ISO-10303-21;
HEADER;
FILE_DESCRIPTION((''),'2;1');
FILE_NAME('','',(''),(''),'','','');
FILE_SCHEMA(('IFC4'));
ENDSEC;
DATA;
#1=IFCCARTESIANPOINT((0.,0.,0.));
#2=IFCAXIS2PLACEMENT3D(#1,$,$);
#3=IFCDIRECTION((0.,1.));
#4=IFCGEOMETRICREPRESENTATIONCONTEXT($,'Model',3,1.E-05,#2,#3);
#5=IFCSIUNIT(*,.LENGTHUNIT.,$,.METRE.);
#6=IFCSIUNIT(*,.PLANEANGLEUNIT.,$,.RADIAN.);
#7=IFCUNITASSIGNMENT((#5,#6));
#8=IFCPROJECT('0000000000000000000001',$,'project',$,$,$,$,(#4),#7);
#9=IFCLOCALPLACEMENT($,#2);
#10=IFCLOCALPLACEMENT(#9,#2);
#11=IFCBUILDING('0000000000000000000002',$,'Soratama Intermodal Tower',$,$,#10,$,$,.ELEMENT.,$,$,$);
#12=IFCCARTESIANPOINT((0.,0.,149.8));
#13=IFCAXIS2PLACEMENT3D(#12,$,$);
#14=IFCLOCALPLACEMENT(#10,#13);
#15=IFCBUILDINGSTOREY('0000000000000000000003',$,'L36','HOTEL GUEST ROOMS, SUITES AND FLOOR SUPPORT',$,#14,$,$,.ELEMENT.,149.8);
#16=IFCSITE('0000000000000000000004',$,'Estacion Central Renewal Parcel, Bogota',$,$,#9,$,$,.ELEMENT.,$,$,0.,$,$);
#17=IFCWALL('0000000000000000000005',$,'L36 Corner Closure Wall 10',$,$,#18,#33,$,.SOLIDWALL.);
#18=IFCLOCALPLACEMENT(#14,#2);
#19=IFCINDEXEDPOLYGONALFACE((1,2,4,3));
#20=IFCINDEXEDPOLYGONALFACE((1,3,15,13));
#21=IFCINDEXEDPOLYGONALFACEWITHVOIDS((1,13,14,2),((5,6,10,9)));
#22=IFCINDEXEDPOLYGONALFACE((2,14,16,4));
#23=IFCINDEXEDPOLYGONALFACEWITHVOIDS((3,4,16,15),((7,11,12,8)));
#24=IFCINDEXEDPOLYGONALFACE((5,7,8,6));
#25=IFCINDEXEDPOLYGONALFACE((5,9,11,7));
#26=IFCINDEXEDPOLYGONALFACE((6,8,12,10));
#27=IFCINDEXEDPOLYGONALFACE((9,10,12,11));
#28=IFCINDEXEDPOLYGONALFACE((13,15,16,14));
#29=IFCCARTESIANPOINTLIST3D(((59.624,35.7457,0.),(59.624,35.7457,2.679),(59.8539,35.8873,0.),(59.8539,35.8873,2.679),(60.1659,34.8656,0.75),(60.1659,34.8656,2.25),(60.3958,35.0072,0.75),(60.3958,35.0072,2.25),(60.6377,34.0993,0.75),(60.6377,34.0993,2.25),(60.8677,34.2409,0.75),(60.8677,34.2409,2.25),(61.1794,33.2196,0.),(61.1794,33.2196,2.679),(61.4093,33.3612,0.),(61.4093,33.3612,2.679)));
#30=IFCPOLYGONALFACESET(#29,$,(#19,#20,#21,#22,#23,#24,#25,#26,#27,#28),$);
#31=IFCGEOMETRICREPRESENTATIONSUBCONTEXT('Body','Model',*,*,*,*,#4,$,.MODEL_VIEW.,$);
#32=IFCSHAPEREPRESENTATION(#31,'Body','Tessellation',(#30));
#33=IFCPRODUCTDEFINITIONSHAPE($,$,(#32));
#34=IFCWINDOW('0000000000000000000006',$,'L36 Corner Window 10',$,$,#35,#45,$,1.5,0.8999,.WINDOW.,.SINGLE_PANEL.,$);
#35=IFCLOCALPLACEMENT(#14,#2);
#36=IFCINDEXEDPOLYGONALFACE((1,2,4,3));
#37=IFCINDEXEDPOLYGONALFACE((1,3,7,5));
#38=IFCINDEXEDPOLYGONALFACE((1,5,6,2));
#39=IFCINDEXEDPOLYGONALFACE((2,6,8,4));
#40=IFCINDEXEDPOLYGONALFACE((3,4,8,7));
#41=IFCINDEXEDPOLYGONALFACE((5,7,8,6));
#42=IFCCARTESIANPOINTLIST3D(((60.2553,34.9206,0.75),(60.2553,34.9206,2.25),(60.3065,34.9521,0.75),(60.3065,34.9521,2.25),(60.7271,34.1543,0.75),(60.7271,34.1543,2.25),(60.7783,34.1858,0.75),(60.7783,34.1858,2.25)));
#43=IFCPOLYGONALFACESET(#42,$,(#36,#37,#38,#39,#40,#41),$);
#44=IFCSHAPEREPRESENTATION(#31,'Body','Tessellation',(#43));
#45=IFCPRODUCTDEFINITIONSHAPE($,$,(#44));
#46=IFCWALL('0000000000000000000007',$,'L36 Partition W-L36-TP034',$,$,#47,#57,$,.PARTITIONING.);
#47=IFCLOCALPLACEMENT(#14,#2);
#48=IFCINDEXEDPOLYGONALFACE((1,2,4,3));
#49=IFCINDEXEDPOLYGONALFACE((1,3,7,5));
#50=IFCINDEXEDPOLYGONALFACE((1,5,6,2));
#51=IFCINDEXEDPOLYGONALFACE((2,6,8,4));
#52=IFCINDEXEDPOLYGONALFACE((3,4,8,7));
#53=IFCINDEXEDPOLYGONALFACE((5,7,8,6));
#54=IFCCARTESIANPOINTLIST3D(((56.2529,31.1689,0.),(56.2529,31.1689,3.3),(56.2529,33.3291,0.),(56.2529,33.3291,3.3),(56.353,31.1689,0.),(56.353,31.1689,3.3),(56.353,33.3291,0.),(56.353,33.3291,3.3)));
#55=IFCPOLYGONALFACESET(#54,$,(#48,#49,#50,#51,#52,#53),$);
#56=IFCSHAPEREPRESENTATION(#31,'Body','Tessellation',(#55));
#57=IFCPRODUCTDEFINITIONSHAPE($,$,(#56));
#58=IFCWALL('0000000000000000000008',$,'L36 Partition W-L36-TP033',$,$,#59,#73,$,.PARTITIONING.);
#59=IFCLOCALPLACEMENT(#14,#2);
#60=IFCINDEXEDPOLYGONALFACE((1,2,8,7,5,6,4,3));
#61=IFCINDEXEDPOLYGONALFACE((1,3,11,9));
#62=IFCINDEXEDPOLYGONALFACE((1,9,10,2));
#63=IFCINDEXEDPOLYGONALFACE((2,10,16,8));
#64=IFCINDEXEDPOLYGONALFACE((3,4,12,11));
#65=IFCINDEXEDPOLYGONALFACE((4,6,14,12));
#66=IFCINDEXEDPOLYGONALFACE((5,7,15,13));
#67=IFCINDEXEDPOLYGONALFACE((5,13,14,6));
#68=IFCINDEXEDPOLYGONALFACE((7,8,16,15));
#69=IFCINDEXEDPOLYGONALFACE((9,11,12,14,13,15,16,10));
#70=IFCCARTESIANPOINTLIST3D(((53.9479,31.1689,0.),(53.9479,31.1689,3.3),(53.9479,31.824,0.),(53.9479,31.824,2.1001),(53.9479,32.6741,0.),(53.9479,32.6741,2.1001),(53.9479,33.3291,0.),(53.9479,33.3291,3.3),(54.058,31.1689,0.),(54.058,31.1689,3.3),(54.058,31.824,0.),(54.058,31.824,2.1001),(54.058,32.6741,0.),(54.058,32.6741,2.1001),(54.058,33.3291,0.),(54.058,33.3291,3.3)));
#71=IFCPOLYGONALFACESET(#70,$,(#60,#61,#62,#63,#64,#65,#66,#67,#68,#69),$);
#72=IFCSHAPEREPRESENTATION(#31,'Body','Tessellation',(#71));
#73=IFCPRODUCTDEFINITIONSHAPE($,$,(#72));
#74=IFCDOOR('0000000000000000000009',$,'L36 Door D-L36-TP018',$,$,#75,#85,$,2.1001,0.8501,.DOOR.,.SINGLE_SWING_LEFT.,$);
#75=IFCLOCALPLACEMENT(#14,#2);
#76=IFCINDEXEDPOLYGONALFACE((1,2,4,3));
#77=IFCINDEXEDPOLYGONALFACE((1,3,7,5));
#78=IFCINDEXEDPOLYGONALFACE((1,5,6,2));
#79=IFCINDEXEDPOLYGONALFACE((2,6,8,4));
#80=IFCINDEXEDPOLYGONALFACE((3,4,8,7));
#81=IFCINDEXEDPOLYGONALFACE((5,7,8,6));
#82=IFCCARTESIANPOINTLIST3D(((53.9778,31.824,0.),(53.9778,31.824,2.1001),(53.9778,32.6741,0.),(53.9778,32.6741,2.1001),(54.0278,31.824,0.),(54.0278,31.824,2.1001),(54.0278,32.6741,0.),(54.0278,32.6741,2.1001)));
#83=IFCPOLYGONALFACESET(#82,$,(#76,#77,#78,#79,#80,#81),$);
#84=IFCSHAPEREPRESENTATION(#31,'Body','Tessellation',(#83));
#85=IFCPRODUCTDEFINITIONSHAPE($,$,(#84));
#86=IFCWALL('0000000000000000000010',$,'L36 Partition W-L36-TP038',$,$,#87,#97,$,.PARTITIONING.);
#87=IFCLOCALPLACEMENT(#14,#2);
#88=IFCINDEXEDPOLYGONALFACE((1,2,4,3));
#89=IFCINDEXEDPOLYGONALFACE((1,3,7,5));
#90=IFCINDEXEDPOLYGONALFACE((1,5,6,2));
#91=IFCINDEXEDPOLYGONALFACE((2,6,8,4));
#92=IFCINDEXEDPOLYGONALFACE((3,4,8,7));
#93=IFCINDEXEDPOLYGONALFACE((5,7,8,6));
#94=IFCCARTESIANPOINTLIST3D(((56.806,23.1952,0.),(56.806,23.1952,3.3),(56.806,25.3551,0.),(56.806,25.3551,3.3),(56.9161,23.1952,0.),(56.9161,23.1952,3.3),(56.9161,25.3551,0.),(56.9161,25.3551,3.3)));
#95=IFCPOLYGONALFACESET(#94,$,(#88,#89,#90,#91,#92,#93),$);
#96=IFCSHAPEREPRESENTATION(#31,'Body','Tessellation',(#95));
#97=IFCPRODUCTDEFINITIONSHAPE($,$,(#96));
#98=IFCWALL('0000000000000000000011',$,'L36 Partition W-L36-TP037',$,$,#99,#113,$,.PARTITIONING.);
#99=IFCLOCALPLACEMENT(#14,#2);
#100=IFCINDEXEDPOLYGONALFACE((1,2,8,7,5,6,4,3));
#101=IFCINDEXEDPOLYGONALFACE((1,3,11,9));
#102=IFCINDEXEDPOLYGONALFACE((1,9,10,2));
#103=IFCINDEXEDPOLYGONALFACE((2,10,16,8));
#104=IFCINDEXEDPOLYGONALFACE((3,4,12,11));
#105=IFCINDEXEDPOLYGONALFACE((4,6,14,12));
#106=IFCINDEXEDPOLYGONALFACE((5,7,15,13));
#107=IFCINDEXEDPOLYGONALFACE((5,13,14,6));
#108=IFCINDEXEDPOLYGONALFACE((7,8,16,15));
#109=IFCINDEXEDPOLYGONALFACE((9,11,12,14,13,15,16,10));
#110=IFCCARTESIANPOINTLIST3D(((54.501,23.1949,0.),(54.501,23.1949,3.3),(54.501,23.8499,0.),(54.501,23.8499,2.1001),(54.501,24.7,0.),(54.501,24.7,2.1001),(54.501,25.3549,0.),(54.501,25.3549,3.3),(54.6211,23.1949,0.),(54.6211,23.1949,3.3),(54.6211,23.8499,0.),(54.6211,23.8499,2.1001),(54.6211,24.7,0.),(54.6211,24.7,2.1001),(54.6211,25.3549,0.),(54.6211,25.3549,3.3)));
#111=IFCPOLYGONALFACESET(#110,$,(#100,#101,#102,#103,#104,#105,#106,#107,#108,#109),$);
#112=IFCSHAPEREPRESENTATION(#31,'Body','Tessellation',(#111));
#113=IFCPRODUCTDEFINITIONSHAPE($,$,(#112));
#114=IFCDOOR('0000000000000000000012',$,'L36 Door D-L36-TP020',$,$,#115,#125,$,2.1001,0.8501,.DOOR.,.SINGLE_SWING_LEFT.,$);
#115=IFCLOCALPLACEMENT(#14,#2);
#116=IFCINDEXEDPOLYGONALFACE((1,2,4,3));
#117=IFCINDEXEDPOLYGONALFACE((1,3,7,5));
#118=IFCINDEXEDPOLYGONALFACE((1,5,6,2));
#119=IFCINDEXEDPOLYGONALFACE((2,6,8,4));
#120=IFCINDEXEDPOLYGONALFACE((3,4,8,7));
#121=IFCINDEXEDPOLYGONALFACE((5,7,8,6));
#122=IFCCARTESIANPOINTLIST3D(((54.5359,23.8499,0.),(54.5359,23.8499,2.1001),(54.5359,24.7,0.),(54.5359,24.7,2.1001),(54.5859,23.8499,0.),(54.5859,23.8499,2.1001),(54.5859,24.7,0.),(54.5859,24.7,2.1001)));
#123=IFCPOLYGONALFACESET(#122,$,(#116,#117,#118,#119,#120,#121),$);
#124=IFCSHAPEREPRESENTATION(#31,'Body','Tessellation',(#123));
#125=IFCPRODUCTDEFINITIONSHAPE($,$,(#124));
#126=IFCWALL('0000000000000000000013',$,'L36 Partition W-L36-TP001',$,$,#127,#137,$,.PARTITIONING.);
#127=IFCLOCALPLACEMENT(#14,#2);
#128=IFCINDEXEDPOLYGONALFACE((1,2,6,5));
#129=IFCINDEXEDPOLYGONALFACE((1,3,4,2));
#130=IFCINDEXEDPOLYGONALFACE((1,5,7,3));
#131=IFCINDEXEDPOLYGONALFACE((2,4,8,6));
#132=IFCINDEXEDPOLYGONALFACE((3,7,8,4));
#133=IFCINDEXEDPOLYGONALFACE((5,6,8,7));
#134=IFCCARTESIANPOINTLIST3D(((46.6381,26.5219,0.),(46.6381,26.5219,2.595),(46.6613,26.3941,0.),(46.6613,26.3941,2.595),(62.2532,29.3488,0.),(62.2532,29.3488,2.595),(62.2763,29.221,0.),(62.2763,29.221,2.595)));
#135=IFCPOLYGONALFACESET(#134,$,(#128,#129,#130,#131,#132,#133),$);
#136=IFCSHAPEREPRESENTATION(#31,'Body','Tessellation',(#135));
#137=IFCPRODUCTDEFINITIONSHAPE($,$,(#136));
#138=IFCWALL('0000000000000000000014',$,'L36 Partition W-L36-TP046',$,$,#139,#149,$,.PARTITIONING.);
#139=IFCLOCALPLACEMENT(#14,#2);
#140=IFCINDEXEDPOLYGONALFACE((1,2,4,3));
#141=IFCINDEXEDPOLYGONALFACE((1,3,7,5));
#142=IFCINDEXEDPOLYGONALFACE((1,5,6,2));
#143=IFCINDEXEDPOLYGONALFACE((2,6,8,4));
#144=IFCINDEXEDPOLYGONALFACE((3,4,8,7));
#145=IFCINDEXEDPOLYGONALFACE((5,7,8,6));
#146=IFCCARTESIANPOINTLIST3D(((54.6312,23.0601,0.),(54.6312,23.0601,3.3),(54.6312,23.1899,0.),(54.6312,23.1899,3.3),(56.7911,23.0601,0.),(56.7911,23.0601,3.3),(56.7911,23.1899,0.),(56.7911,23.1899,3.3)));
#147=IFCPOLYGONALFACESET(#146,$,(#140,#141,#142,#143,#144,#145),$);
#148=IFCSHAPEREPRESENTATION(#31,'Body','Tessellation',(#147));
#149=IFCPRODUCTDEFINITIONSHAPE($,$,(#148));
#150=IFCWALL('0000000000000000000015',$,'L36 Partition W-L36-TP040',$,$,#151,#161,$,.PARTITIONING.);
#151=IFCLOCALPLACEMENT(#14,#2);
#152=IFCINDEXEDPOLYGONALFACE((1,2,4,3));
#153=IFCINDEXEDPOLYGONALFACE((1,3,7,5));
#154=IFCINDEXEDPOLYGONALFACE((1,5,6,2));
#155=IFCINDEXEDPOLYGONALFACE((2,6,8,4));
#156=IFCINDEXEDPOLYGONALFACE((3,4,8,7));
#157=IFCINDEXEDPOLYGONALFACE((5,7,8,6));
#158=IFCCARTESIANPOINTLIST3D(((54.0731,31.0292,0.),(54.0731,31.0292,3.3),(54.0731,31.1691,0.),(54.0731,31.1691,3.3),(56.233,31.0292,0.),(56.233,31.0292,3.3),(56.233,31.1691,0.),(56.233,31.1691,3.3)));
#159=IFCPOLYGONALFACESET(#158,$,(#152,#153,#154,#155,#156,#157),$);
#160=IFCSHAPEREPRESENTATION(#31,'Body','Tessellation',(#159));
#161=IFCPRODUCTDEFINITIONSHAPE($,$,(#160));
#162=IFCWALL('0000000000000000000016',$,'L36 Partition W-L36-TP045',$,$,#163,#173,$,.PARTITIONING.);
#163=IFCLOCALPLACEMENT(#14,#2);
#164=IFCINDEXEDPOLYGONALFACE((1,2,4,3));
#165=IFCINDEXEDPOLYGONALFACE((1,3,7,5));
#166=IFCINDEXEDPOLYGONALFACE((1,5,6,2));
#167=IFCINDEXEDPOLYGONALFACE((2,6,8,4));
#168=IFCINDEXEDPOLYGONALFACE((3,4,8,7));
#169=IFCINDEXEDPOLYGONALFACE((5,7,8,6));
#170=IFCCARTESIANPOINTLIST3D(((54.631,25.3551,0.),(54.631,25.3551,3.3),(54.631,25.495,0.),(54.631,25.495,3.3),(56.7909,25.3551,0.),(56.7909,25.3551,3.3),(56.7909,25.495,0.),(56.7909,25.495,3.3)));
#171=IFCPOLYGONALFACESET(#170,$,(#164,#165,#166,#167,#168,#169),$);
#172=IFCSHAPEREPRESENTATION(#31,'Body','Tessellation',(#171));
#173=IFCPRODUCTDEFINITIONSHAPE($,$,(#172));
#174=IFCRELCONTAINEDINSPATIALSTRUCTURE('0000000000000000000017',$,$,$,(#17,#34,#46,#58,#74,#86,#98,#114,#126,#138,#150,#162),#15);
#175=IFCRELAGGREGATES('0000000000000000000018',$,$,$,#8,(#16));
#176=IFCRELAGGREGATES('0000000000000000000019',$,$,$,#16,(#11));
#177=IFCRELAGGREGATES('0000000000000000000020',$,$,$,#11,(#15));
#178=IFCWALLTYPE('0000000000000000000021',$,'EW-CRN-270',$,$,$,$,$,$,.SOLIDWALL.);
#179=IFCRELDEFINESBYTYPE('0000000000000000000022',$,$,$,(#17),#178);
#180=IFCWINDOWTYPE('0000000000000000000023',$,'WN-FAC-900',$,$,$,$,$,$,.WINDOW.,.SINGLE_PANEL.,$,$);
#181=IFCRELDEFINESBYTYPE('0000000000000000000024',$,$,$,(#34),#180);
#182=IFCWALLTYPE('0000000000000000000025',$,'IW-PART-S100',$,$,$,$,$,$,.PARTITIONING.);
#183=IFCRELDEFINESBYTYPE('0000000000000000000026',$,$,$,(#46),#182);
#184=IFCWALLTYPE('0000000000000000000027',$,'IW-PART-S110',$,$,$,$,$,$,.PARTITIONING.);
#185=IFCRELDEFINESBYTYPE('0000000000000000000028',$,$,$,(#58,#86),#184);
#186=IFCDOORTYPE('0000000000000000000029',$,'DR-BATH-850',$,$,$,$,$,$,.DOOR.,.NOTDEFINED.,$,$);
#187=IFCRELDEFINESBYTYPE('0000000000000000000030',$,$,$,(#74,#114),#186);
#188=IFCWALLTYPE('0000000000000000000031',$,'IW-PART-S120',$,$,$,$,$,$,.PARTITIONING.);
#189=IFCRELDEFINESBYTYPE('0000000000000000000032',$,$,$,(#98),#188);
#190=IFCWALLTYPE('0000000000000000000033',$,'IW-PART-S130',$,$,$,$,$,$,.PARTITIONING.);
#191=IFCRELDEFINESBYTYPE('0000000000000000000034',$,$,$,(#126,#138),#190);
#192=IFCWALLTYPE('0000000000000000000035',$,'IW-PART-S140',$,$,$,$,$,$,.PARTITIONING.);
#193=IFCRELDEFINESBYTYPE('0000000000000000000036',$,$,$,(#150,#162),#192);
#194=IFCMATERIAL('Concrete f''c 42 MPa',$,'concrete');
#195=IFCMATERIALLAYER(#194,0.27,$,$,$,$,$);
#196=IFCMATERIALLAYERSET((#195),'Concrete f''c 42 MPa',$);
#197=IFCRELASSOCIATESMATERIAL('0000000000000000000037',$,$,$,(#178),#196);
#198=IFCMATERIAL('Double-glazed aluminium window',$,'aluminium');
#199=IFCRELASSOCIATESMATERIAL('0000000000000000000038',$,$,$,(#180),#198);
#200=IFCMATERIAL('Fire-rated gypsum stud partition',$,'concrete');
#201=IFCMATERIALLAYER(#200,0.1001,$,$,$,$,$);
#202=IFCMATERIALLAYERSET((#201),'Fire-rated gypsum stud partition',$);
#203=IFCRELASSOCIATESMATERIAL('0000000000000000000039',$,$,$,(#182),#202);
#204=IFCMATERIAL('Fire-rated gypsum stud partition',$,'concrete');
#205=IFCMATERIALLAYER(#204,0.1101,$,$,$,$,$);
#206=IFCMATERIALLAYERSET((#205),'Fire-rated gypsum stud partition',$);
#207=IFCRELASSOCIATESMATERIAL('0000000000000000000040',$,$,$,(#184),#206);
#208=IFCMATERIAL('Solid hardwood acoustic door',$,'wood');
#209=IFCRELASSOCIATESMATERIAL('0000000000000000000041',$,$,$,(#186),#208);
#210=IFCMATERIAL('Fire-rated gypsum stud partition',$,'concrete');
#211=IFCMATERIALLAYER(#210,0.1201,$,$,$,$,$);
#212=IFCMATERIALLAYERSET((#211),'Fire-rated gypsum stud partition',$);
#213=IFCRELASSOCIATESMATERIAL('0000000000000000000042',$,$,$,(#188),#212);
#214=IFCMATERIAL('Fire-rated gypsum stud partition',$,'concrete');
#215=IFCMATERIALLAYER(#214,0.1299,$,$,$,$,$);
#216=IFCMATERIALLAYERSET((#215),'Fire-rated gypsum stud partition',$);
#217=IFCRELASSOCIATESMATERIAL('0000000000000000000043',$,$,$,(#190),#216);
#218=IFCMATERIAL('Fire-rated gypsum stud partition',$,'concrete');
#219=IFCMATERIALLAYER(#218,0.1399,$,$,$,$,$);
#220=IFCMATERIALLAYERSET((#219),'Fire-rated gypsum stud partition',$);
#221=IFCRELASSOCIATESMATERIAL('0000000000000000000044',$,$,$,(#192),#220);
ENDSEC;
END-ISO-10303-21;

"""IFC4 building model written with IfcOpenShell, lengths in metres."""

from ifc_helpers import new_model, si_unit, direction, frame, frame_2d, origin, place, context, subcontext, project, spatial, rectangle, extrude, material, layer, layer_set, type_object, element, fill, save


model = new_model("IFC4")

# Units and contexts
model_context = context("Model", 3, precision=1e-05, world=origin(), true_north=direction((0.0, 1.0)))
body_context = subcontext(model_context, "Body", "Model", "MODEL_VIEW")
ifc_project = project(units=[si_unit("LENGTHUNIT", "METRE"), si_unit("PLANEANGLEUNIT", "RADIAN")], contexts=[model_context])

# Site, building, storey
site_placement = place(None, origin())
site = spatial("IfcSite", under=ifc_project, at=site_placement, Name="Estacion Central Renewal Parcel, Bogota", CompositionType="ELEMENT", RefElevation=0.0)
building_placement = place(site_placement, origin())
building = spatial("IfcBuilding", under=site, at=building_placement, Name="Soratama Intermodal Tower", CompositionType="ELEMENT")
storey_placement = place(building_placement, frame((0.0, 0.0, 149.8)))
storey = spatial("IfcBuildingStorey", under=building, at=storey_placement, Name="L36", Description="HOTEL GUEST ROOMS, SUITES AND FLOOR SUPPORT", CompositionType="ELEMENT", Elevation=149.8)

# Wall, opening, window
ifc_material_1 = material(Name="Concrete f'c 42 MPa", Category="concrete")
ifc_layer_1 = layer(ifc_material_1, 0.27)
ifc_layer_set_1 = layer_set([ifc_layer_1], Name="Concrete f'c 42 MPa")
wall_type_1 = type_object("IfcWallType", Name="EW-CRN-270", PredefinedType="SOLIDWALL", material=ifc_layer_set_1)
wall_1_placement = place(storey_placement, frame((61.2944, 33.2903, 0.0), z_axis=(0.0, 0.0, 1.0), x_axis=(-0.524313, 0.851525, 0.0)))
wall_1 = element("IfcWall", 1, at=wall_1_placement, inside=storey, type_object=wall_type_1, Name="L36 Corner Closure Wall 10", PredefinedType="SOLIDWALL", context=body_context, shape_type="SweptSolid", body=[
    extrude(rectangle(XDim=2.9666, YDim=0.27, at=frame_2d((1.4834, 0.0))), origin(), (0.0, 0.0, 1.0), 2.679),
])
opening_1_placement = place(wall_1_placement, frame((1.0332, 0.0, 0.75)))
opening_1 = element("IfcOpeningElement", 2, at=opening_1_placement, cuts=wall_1, PredefinedType="OPENING", context=body_context, shape_type="SweptSolid", body=[
    extrude(rectangle(XDim=0.8999, YDim=1.5, at=frame_2d((0.45, 0.75))), frame((0.0, 0.145, 0.0), z_axis=(0.0, -1.0, 0.0), x_axis=(1.0, 0.0, 0.0)), (0.0, 0.0, 1.0), 0.29),
])
ifc_material_2 = material(Name="Double-glazed aluminium window", Category="aluminium")
window_type_1 = type_object("IfcWindowType", Name="WN-FAC-900", PartitioningType="SINGLE_PANEL", PredefinedType="WINDOW", material=ifc_material_2)
window_1_placement = place(opening_1_placement, origin())
window_1 = element("IfcWindow", 3, at=window_1_placement, inside=storey, type_object=window_type_1, Name="L36 Corner Window 10", OverallHeight=1.5, OverallWidth=0.8999, PartitioningType="SINGLE_PANEL", PredefinedType="WINDOW", context=body_context, shape_type="SweptSolid", body=[
    extrude(rectangle(XDim=0.8999, YDim=1.5, at=frame_2d((0.45, 0.75))), frame((0.0, 0.03, 0.0), z_axis=(0.0, -1.0, 0.0), x_axis=(1.0, 0.0, 0.0)), (0.0, 0.0, 1.0), 0.0601),
])
fill(opening_1, window_1)

# Wall
ifc_material_3 = material(Name="Fire-rated gypsum stud partition", Category="concrete")
ifc_layer_2 = layer(ifc_material_3, 0.1001)
ifc_layer_set_2 = layer_set([ifc_layer_2], Name="Fire-rated gypsum stud partition")
wall_type_2 = type_object("IfcWallType", Name="IW-PART-S100", PredefinedType="PARTITIONING", material=ifc_layer_set_2)
wall_2_placement = place(storey_placement, frame((56.303, 31.1689, 0.0), z_axis=(0.0, 0.0, 1.0), x_axis=(0.0, 1.0, 0.0)))
element("IfcWall", 4, at=wall_2_placement, inside=storey, type_object=wall_type_2, Name="L36 Partition W-L36-TP034", PredefinedType="PARTITIONING", context=body_context, shape_type="SweptSolid", body=[
    extrude(rectangle(XDim=2.1602, YDim=0.1001, at=frame_2d((1.0801, 0.0))), origin(), (0.0, 0.0, 1.0), 3.3),
])

# Wall, opening, door
ifc_material_4 = material(Name="Fire-rated gypsum stud partition", Category="concrete")
ifc_layer_3 = layer(ifc_material_4, 0.1101)
ifc_layer_set_3 = layer_set([ifc_layer_3], Name="Fire-rated gypsum stud partition")
wall_type_3 = type_object("IfcWallType", Name="IW-PART-S110", PredefinedType="PARTITIONING", material=ifc_layer_set_3)
wall_3_placement = place(storey_placement, frame((54.0029, 33.3291, 0.0), z_axis=(0.0, 0.0, 1.0), x_axis=(0.0, -1.0, 0.0)))
wall_3 = element("IfcWall", 5, at=wall_3_placement, inside=storey, type_object=wall_type_3, Name="L36 Partition W-L36-TP033", PredefinedType="PARTITIONING", context=body_context, shape_type="SweptSolid", body=[
    extrude(rectangle(XDim=2.1602, YDim=0.1101, at=frame_2d((1.0801, 0.0))), origin(), (0.0, 0.0, 1.0), 3.3),
])
opening_2_placement = place(wall_3_placement, frame((0.655, 0.0, 0.0)))
opening_2 = element("IfcOpeningElement", 6, at=opening_2_placement, cuts=wall_3, PredefinedType="OPENING", context=body_context, shape_type="SweptSolid", body=[
    extrude(rectangle(XDim=0.8501, YDim=2.1001, at=frame_2d((0.425, 1.05))), frame((0.0, 0.0649, 0.0), z_axis=(0.0, -1.0, 0.0), x_axis=(1.0, 0.0, 0.0)), (0.0, 0.0, 1.0), 0.1301),
])
ifc_material_5 = material(Name="Solid hardwood acoustic door", Category="wood")
door_type_1 = type_object("IfcDoorType", Name="DR-BATH-850", OperationType="NOTDEFINED", PredefinedType="DOOR", material=ifc_material_5)
door_1_placement = place(opening_2_placement, origin())
door_1 = element("IfcDoor", 7, at=door_1_placement, inside=storey, type_object=door_type_1, Name="L36 Door D-L36-TP018", OperationType="SINGLE_SWING_LEFT", OverallHeight=2.1001, OverallWidth=0.8501, PredefinedType="DOOR", context=body_context, shape_type="SweptSolid", body=[
    extrude(rectangle(XDim=0.8501, YDim=2.1001, at=frame_2d((0.425, 1.05))), frame((0.0, 0.0249, 0.0), z_axis=(0.0, -1.0, 0.0), x_axis=(1.0, 0.0, 0.0)), (0.0, 0.0, 1.0), 0.05),
])
fill(opening_2, door_1)

# Wall
wall_4_placement = place(storey_placement, frame((56.8611, 23.1951, 0.0), z_axis=(0.0, 0.0, 1.0), x_axis=(0.0, 1.0, 0.0)))
element("IfcWall", 8, at=wall_4_placement, inside=storey, type_object=wall_type_3, Name="L36 Partition W-L36-TP038", PredefinedType="PARTITIONING", context=body_context, shape_type="SweptSolid", body=[
    extrude(rectangle(XDim=2.1599, YDim=0.1101, at=frame_2d((1.0801, 0.0))), origin(), (0.0, 0.0, 1.0), 3.3),
])

# Wall, opening, door
ifc_material_6 = material(Name="Fire-rated gypsum stud partition", Category="concrete")
ifc_layer_4 = layer(ifc_material_6, 0.1201)
ifc_layer_set_4 = layer_set([ifc_layer_4], Name="Fire-rated gypsum stud partition")
wall_type_4 = type_object("IfcWallType", Name="IW-PART-S120", PredefinedType="PARTITIONING", material=ifc_layer_set_4)
wall_5_placement = place(storey_placement, frame((54.561, 25.355, 0.0), z_axis=(0.0, 0.0, 1.0), x_axis=(0.0, -1.0, 0.0)))
wall_5 = element("IfcWall", 9, at=wall_5_placement, inside=storey, type_object=wall_type_4, Name="L36 Partition W-L36-TP037", PredefinedType="PARTITIONING", context=body_context, shape_type="SweptSolid", body=[
    extrude(rectangle(XDim=2.1599, YDim=0.1201, at=frame_2d((1.0801, 0.0))), origin(), (0.0, 0.0, 1.0), 3.3),
])
opening_3_placement = place(wall_5_placement, frame((0.655, 0.0, 0.0)))
opening_3 = element("IfcOpeningElement", 10, at=opening_3_placement, cuts=wall_5, PredefinedType="OPENING", context=body_context, shape_type="SweptSolid", body=[
    extrude(rectangle(XDim=0.8501, YDim=2.1001, at=frame_2d((0.425, 1.05))), frame((0.0, 0.0701, 0.0), z_axis=(0.0, -1.0, 0.0), x_axis=(1.0, 0.0, 0.0)), (0.0, 0.0, 1.0), 0.1401),
])
door_2_placement = place(opening_3_placement, origin())
door_2 = element("IfcDoor", 11, at=door_2_placement, inside=storey, type_object=door_type_1, Name="L36 Door D-L36-TP020", OperationType="SINGLE_SWING_LEFT", OverallHeight=2.1001, OverallWidth=0.8501, PredefinedType="DOOR", context=body_context, shape_type="SweptSolid", body=[
    extrude(rectangle(XDim=0.8501, YDim=2.1001, at=frame_2d((0.425, 1.05))), frame((0.0, 0.0249, 0.0), z_axis=(0.0, -1.0, 0.0), x_axis=(1.0, 0.0, 0.0)), (0.0, 0.0, 1.0), 0.05),
])
fill(opening_3, door_2)

# Walls
ifc_material_7 = material(Name="Fire-rated gypsum stud partition", Category="concrete")
ifc_layer_5 = layer(ifc_material_7, 0.1299)
ifc_layer_set_5 = layer_set([ifc_layer_5], Name="Fire-rated gypsum stud partition")
wall_type_5 = type_object("IfcWallType", Name="IW-PART-S130", PredefinedType="PARTITIONING", material=ifc_layer_set_5)
wall_6_placement = place(storey_placement, frame((62.2649, 29.2849, 0.0), z_axis=(0.0, 0.0, 1.0), x_axis=(-0.984005, -0.178142, 0.0)))
element("IfcWall", 12, at=wall_6_placement, inside=storey, type_object=wall_type_5, Name="L36 Partition W-L36-TP001", PredefinedType="PARTITIONING", context=body_context, shape_type="SweptSolid", body=[
    extrude(rectangle(XDim=15.8689, YDim=0.1299, at=frame_2d((7.9346, 0.0))), origin(), (0.0, 0.0, 1.0), 2.595),
])
wall_7_placement = place(storey_placement, frame((54.6311, 23.125, 0.0), z_axis=(0.0, 0.0, 1.0), x_axis=(1.0, 0.0, 0.0)))
element("IfcWall", 13, at=wall_7_placement, inside=storey, type_object=wall_type_5, Name="L36 Partition W-L36-TP046", PredefinedType="PARTITIONING", context=body_context, shape_type="SweptSolid", body=[
    extrude(rectangle(XDim=2.1599, YDim=0.1299, at=frame_2d((1.0801, 0.0))), origin(), (0.0, 0.0, 1.0), 3.3),
])
ifc_material_8 = material(Name="Fire-rated gypsum stud partition", Category="concrete")
ifc_layer_6 = layer(ifc_material_8, 0.1399)
ifc_layer_set_6 = layer_set([ifc_layer_6], Name="Fire-rated gypsum stud partition")
wall_type_6 = type_object("IfcWallType", Name="IW-PART-S140", PredefinedType="PARTITIONING", material=ifc_layer_set_6)
for number, where, z_axis, x_axis, name in (
    (14, (54.073, 31.0991, 0.0), (0.0, 0.0, 1.0), (1.0, 0.0, 0.0), "L36 Partition W-L36-TP040"),
    (15, (56.791, 25.425, 0.0), (0.0, 0.0, 1.0), (-1.0, 0.0, 0.0), "L36 Partition W-L36-TP045"),
):
    element("IfcWall", number, at=place(storey_placement, frame(where, z_axis=z_axis, x_axis=x_axis)), inside=storey, type_object=wall_type_6, Name=name, PredefinedType="PARTITIONING", context=body_context, shape_type="SweptSolid", body=[
        extrude(rectangle(XDim=2.1599, YDim=0.1399, at=frame_2d((1.0801, 0.0))), origin(), (0.0, 0.0, 1.0), 3.3),
    ])

save(model, "model.ifc")
